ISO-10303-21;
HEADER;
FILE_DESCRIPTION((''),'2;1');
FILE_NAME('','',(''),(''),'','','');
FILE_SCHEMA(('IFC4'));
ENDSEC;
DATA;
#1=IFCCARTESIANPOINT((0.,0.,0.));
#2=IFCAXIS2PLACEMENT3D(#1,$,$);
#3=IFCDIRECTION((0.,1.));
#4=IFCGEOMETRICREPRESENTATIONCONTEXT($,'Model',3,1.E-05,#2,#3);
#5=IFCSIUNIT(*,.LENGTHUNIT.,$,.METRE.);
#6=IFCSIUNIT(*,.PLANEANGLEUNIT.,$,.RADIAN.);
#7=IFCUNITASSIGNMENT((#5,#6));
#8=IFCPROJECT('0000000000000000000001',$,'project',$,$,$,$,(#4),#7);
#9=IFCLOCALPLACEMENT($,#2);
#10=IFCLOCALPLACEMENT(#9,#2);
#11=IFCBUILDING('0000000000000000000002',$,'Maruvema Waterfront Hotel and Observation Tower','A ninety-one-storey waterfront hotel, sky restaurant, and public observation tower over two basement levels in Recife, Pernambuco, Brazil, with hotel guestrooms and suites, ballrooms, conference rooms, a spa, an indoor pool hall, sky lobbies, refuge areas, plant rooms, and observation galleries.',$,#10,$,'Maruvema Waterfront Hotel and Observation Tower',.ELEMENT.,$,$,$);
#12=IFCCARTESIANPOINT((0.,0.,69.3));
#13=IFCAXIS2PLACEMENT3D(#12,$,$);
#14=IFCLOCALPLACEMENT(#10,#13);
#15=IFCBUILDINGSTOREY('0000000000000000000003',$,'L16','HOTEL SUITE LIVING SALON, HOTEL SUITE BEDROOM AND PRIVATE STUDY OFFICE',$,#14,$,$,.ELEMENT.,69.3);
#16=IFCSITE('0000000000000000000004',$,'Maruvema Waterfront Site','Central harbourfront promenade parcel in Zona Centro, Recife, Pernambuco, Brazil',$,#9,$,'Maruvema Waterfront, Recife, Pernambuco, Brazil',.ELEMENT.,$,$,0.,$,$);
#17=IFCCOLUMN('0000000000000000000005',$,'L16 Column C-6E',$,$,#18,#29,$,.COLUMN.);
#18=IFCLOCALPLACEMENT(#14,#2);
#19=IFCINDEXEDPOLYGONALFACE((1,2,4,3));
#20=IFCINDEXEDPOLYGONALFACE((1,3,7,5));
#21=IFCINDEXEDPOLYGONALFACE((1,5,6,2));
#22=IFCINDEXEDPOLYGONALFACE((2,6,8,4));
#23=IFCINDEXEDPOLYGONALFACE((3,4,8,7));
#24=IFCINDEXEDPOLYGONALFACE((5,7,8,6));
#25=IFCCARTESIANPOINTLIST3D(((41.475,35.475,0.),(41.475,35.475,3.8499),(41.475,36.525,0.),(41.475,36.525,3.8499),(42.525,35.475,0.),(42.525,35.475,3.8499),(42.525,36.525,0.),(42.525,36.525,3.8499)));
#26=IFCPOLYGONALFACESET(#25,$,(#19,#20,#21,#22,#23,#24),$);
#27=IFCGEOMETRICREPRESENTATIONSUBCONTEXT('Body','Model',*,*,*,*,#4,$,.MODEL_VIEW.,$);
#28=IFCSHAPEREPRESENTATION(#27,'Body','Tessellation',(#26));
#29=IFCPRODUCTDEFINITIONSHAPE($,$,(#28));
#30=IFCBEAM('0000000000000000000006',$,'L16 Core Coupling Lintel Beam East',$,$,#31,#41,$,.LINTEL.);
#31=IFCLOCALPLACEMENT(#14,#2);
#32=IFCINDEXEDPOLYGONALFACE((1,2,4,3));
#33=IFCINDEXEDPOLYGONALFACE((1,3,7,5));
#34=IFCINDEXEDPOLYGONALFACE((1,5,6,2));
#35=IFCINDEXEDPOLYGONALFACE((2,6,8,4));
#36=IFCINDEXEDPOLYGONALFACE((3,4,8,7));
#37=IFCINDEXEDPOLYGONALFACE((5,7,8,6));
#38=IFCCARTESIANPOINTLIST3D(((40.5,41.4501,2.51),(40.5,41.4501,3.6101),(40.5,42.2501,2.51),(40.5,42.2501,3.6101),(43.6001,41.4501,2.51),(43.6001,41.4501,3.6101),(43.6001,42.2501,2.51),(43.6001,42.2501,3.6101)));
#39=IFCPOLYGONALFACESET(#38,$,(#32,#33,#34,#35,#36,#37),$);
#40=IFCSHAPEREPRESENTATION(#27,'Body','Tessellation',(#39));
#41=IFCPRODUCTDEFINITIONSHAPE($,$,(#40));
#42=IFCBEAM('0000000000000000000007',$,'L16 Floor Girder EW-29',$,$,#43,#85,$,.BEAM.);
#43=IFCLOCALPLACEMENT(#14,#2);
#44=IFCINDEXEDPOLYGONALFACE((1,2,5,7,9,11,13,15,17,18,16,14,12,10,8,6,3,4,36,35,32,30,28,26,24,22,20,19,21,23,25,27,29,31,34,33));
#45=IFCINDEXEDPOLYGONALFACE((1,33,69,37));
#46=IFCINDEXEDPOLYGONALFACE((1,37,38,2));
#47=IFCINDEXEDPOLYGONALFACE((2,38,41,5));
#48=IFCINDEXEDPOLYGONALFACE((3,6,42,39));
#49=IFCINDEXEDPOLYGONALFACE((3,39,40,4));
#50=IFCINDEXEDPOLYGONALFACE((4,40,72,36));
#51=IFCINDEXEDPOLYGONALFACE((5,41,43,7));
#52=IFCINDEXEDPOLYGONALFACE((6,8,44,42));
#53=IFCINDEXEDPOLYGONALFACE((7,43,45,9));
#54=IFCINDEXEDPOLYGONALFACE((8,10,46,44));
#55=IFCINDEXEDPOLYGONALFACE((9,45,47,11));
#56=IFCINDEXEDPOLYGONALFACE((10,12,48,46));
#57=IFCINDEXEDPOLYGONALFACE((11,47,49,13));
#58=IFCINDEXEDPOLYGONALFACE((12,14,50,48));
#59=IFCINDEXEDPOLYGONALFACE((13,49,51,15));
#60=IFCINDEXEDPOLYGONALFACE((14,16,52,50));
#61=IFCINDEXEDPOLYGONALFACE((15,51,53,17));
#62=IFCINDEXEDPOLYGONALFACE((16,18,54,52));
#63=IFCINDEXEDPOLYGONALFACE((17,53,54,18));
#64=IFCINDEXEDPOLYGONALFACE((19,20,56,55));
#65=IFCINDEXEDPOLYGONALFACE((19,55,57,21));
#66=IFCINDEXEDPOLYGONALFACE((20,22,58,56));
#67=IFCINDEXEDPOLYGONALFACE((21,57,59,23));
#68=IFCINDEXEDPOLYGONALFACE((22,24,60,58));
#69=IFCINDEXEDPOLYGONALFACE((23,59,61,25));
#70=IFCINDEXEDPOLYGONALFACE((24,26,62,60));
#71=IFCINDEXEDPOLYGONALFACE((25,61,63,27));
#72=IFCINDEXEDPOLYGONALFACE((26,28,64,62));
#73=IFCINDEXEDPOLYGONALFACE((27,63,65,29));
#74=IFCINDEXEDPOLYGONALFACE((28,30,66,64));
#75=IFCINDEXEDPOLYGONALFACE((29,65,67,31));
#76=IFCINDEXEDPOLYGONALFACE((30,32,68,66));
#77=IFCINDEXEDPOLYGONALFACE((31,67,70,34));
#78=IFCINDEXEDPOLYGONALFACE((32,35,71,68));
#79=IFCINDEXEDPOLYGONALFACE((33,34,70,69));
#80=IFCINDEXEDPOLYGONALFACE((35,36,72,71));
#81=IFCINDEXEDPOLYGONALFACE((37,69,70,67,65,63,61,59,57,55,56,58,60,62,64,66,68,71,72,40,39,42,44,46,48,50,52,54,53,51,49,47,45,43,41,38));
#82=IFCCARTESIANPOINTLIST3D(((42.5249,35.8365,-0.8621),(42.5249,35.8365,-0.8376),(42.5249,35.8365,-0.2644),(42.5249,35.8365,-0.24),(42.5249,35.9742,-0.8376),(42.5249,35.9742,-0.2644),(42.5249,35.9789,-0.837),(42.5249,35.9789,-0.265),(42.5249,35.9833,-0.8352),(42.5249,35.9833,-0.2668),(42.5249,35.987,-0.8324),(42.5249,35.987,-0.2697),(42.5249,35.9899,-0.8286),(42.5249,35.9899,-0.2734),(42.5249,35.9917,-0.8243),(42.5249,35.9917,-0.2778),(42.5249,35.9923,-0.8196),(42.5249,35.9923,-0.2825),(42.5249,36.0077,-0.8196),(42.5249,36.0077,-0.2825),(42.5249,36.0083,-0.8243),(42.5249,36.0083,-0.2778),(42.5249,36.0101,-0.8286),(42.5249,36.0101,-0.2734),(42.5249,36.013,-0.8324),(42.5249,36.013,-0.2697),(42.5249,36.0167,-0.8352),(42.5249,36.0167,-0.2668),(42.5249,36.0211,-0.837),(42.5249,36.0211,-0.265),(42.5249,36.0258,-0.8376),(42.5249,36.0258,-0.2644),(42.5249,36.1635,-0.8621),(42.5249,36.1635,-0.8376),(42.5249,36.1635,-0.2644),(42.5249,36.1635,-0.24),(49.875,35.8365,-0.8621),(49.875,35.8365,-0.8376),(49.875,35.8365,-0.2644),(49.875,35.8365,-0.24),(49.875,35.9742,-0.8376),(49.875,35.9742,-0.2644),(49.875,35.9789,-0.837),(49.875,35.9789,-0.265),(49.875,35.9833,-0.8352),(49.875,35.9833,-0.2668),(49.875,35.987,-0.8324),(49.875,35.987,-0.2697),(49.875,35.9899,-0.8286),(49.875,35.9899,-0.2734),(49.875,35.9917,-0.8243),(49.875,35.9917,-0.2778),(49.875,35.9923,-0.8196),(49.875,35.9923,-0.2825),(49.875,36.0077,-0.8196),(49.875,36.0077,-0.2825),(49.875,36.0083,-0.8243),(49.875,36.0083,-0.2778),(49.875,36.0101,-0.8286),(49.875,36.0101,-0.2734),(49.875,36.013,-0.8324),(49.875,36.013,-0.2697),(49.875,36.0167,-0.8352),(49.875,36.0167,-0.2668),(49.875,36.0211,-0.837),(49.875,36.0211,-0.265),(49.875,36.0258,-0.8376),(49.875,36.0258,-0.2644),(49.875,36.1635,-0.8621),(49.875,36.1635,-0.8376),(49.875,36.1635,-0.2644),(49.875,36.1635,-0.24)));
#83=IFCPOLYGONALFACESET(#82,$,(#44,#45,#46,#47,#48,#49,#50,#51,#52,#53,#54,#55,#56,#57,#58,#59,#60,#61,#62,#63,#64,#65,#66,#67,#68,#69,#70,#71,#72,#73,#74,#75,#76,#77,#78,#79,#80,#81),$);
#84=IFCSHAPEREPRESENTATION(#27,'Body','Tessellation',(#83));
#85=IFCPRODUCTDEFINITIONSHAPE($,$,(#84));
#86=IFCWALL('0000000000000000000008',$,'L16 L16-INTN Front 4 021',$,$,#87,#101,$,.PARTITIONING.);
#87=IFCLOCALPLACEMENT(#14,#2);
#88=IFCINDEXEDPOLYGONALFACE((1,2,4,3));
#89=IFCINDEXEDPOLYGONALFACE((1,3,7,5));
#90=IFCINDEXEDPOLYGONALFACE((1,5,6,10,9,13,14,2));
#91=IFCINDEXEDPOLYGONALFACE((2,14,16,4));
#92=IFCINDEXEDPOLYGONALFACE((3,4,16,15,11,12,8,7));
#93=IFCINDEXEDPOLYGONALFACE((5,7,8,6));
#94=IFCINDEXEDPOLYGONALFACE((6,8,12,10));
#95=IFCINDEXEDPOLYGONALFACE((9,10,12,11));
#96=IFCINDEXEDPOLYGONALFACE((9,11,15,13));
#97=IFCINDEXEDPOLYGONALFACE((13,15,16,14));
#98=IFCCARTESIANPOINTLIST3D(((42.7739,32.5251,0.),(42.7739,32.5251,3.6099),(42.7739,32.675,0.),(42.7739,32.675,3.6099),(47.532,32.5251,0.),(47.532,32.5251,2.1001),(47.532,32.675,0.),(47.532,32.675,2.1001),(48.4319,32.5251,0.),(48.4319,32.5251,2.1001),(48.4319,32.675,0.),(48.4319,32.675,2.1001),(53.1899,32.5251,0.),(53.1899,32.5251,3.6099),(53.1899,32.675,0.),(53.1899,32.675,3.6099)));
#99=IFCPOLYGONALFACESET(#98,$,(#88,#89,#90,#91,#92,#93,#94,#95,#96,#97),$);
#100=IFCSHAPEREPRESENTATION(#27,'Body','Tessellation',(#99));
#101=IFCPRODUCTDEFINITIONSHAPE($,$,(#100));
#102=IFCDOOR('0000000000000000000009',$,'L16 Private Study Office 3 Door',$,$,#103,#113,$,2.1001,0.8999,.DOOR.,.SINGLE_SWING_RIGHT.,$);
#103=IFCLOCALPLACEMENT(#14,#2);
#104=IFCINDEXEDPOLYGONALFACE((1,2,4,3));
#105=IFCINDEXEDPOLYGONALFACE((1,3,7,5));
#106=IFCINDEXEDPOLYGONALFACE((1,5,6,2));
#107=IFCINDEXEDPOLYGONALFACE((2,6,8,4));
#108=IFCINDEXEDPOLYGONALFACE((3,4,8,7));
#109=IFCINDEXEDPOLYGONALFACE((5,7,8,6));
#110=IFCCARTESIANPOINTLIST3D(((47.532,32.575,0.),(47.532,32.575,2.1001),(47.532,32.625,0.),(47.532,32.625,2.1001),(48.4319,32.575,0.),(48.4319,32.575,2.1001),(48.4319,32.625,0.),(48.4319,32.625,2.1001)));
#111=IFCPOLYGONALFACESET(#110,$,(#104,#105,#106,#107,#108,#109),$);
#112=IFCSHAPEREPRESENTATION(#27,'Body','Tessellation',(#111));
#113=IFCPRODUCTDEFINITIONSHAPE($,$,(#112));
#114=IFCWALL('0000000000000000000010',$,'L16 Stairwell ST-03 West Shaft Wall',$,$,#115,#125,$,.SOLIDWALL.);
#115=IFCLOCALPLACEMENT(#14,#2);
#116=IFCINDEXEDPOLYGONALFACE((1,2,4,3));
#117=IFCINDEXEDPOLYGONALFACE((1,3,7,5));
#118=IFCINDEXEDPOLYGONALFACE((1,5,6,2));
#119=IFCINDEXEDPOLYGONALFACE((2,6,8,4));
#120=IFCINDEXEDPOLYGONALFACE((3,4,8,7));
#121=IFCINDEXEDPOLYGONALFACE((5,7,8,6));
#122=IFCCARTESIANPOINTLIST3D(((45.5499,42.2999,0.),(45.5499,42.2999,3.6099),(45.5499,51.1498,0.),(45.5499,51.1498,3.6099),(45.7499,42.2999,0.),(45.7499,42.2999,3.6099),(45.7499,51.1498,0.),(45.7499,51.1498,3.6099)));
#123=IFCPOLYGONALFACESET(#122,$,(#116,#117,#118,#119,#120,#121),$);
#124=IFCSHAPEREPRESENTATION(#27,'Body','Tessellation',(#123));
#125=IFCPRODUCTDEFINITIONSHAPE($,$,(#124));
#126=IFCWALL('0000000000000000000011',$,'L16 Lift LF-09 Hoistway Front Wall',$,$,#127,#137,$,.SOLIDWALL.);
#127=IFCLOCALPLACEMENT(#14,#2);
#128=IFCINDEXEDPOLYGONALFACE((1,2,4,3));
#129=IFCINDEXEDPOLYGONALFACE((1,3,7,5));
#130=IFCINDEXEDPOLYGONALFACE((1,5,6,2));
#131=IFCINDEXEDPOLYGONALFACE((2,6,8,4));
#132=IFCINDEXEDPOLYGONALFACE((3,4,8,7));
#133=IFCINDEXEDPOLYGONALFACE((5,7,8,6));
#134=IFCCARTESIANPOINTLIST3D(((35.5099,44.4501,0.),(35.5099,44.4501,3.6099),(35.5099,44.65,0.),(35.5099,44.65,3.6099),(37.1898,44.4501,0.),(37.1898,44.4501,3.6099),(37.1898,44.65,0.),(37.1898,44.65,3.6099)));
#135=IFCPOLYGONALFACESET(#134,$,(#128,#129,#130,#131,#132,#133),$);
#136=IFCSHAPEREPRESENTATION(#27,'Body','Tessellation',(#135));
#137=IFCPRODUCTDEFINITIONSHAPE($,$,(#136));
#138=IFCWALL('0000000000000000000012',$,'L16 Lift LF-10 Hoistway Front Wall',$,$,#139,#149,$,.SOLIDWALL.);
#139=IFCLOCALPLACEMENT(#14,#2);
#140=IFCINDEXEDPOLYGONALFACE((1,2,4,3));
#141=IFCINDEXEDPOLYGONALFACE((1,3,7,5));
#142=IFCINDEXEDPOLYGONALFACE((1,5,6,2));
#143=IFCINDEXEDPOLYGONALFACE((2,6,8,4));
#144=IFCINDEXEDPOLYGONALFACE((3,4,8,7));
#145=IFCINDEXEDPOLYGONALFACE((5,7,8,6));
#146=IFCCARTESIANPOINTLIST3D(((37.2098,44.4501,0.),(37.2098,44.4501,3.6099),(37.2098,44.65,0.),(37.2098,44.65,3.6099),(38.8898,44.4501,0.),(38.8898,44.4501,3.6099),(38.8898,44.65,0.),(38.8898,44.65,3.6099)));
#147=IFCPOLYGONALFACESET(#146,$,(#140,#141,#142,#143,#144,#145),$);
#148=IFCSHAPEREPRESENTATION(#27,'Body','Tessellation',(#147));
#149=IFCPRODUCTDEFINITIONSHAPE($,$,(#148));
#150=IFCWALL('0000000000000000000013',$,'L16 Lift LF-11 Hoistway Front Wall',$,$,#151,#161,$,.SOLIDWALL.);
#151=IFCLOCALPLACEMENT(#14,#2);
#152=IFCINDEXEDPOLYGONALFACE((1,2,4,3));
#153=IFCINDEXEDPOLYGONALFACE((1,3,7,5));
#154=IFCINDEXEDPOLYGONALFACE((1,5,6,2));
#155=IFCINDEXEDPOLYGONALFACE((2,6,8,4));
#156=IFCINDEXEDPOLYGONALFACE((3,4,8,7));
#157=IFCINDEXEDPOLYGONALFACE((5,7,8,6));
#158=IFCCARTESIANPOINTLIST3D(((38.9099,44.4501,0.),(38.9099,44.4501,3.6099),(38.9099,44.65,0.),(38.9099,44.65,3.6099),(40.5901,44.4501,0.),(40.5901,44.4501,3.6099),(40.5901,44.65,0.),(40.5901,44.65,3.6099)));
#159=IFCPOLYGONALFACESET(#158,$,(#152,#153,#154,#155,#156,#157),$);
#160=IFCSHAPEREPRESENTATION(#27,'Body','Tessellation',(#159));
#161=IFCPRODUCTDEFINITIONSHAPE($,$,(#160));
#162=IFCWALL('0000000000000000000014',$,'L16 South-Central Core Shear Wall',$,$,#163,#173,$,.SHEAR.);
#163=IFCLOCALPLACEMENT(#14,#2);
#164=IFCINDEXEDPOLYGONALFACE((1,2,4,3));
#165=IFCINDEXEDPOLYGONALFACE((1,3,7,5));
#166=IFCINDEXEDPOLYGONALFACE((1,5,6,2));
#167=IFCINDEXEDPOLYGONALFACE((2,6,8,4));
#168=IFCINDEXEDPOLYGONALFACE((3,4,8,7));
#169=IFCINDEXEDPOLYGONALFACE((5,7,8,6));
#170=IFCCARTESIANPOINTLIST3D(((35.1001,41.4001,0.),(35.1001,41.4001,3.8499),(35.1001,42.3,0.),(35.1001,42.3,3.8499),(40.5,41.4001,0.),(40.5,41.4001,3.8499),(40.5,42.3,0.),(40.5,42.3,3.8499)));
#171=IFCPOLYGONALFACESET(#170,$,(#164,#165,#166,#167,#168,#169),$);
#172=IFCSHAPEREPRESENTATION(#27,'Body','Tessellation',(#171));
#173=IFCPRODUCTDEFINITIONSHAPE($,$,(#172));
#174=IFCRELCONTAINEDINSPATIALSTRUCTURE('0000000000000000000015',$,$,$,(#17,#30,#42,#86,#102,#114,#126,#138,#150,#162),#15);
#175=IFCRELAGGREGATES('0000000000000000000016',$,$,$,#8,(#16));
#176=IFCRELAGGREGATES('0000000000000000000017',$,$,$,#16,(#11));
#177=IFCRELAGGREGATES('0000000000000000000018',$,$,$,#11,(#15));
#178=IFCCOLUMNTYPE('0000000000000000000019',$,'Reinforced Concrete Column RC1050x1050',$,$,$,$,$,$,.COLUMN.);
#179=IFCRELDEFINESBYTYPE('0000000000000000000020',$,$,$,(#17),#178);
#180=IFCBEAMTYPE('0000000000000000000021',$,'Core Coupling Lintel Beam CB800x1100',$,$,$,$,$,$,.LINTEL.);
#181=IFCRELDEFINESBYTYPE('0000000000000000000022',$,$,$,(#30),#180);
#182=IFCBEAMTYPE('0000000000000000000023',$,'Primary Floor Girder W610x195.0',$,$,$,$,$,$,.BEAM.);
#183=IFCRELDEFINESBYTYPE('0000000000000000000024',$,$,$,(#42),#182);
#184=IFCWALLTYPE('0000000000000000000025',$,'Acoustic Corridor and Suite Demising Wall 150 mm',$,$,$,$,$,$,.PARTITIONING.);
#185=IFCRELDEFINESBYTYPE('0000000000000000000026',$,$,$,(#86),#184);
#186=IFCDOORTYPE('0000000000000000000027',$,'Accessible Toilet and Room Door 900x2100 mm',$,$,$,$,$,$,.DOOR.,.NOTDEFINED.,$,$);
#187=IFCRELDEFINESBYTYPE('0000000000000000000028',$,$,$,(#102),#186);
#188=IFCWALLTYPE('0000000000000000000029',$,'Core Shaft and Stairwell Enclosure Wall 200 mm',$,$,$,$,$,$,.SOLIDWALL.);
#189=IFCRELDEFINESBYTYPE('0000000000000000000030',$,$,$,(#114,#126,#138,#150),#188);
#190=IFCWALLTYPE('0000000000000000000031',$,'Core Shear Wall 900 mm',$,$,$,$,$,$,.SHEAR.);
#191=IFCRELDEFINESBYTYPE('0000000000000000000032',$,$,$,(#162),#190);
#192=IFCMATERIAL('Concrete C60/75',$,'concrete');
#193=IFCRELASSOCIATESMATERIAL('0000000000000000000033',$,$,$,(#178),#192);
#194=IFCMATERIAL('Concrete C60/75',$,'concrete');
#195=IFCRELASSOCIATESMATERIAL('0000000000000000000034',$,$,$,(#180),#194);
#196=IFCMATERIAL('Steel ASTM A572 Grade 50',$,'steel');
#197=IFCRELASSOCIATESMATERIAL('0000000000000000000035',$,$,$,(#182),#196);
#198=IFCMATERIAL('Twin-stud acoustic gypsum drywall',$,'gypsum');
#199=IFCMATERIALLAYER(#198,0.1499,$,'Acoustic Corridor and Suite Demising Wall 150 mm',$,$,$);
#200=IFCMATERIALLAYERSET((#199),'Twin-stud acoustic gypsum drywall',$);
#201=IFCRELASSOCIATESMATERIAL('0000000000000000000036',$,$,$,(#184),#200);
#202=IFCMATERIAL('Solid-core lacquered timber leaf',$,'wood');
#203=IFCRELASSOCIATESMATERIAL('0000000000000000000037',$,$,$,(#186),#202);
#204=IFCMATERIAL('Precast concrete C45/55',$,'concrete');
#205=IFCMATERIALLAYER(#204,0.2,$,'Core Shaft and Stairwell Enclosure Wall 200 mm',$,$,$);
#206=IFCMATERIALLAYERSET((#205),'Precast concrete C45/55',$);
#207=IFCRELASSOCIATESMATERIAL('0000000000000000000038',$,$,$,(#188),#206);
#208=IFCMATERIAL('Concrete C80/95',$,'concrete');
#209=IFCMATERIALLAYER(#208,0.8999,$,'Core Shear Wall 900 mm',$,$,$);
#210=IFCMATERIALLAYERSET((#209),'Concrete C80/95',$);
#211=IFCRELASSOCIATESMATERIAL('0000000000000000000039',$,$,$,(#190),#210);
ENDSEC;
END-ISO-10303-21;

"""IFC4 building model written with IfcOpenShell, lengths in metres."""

from ifc_helpers import new_model, si_unit, direction, frame, frame_2d, origin, origin_2d, place, context, subcontext, project, spatial, rectangle, i_section, extrude, material, layer, layer_set, material_profile, profile_set, type_object, element, fill, save


model = new_model("IFC4")

# Units and contexts
model_context = context("Model", 3, precision=1e-05, world=origin(), true_north=direction((0.0, 1.0)))
body_context = subcontext(model_context, "Body", "Model", "MODEL_VIEW")
ifc_project = project(units=[si_unit("LENGTHUNIT", "METRE"), si_unit("PLANEANGLEUNIT", "RADIAN")], contexts=[model_context])

# Site, building, storey
site_placement = place(None, origin())
site = spatial("IfcSite", under=ifc_project, at=site_placement, Name="Maruvema Waterfront Site", Description="Central harbourfront promenade parcel in Zona Centro, Recife, Pernambuco, Brazil", LongName="Maruvema Waterfront, Recife, Pernambuco, Brazil", CompositionType="ELEMENT", RefElevation=0.0)
building_placement = place(site_placement, origin())
building = spatial("IfcBuilding", under=site, at=building_placement, Name="Maruvema Waterfront Hotel and Observation Tower", Description="A ninety-one-storey waterfront hotel, sky restaurant, and public observation tower over two basement levels in Recife, Pernambuco, Brazil, with hotel guestrooms and suites, ballrooms, conference rooms, a spa, an indoor pool hall, sky lobbies, refuge areas, plant rooms, and observation galleries.", LongName="Maruvema Waterfront Hotel and Observation Tower", CompositionType="ELEMENT")
storey_placement = place(building_placement, frame((0.0, 0.0, 69.3)))
storey = spatial("IfcBuildingStorey", under=building, at=storey_placement, Name="L16", Description="HOTEL SUITE LIVING SALON, HOTEL SUITE BEDROOM AND PRIVATE STUDY OFFICE", CompositionType="ELEMENT", Elevation=69.3)

# Column
ifc_material_1 = material(Name="Concrete C60/75", Category="concrete")
ifc_material_profile_1 = material_profile(ifc_material_1, rectangle(XDim=1.05, YDim=1.05, at=origin_2d()), Name="RC1050x1050")
ifc_profile_set_1 = profile_set([ifc_material_profile_1], Name="Concrete C60/75")
column_type = type_object("IfcColumnType", Name="Reinforced Concrete Column RC1050x1050", PredefinedType="COLUMN", material=ifc_profile_set_1)
column_placement = place(storey_placement, frame((42.0, 36.0, 0.0), z_axis=(0.0, 0.0, 1.0), x_axis=(1.0, 0.0, 0.0)))
element("IfcColumn", 1, at=column_placement, inside=storey, type_object=column_type, Name="L16 Column C-6E", PredefinedType="COLUMN", context=body_context, shape_type="SweptSolid", body=[
    extrude(rectangle(XDim=1.05, YDim=1.05, at=origin_2d()), origin(), (0.0, 0.0, 1.0), 3.8499),
])

# Beams
ifc_material_2 = material(Name="Concrete C60/75", Category="concrete")
ifc_material_profile_2 = material_profile(ifc_material_2, rectangle(XDim=0.8, YDim=1.1001, at=origin_2d()), Name="CB800x1100")
ifc_profile_set_2 = profile_set([ifc_material_profile_2], Name="Concrete C60/75")
beam_type_1 = type_object("IfcBeamType", Name="Core Coupling Lintel Beam CB800x1100", PredefinedType="LINTEL", material=ifc_profile_set_2)
beam_1_placement = place(storey_placement, frame((40.5, 41.8501, 3.0601), z_axis=(1.0, 0.0, 0.0), x_axis=(0.0, 1.0, 0.0)))
element("IfcBeam", 2, at=beam_1_placement, inside=storey, type_object=beam_type_1, Name="L16 Core Coupling Lintel Beam East", PredefinedType="LINTEL", context=body_context, shape_type="SweptSolid", body=[
    extrude(rectangle(XDim=0.8, YDim=1.1001, at=origin_2d()), origin(), (0.0, 0.0, 1.0), 3.1001),
])
ifc_material_3 = material(Name="Steel ASTM A572 Grade 50", Category="steel")
ifc_material_profile_3 = material_profile(ifc_material_3, i_section(OverallWidth=0.3269, OverallDepth=0.6221, WebThickness=0.0154, FlangeThickness=0.0244, FilletRadius=0.0181, at=origin_2d()), Name="W610x195.0")
ifc_profile_set_3 = profile_set([ifc_material_profile_3], Name="Steel ASTM A572 Grade 50")
beam_type_2 = type_object("IfcBeamType", Name="Primary Floor Girder W610x195.0", PredefinedType="BEAM", material=ifc_profile_set_3)
beam_2_placement = place(storey_placement, frame((42.5249, 36.0, -0.551), z_axis=(1.0, 0.0, 0.0), x_axis=(0.0, 1.0, 0.0)))
element("IfcBeam", 3, at=beam_2_placement, inside=storey, type_object=beam_type_2, Name="L16 Floor Girder EW-29", PredefinedType="BEAM", context=body_context, shape_type="SweptSolid", body=[
    extrude(i_section(OverallWidth=0.3269, OverallDepth=0.6221, WebThickness=0.0154, FlangeThickness=0.0244, FilletRadius=0.0181, at=origin_2d()), origin(), (0.0, 0.0, 1.0), 7.3501),
])

# Wall, opening, door
ifc_material_4 = material(Name="Twin-stud acoustic gypsum drywall", Category="gypsum")
ifc_layer_1 = layer(ifc_material_4, 0.1499, Name="Acoustic Corridor and Suite Demising Wall 150 mm")
ifc_layer_set_1 = layer_set([ifc_layer_1], Name="Twin-stud acoustic gypsum drywall")
wall_type_1 = type_object("IfcWallType", Name="Acoustic Corridor and Suite Demising Wall 150 mm", PredefinedType="PARTITIONING", material=ifc_layer_set_1)
wall_1_placement = place(storey_placement, frame((42.7739, 32.6001, 0.0), z_axis=(0.0, 0.0, 1.0), x_axis=(1.0, 0.0, 0.0)))
wall_1 = element("IfcWall", 4, at=wall_1_placement, inside=storey, type_object=wall_type_1, Name="L16 L16-INTN Front 4 021", PredefinedType="PARTITIONING", context=body_context, shape_type="SweptSolid", body=[
    extrude(rectangle(XDim=10.416, YDim=0.1499, at=frame_2d((5.208, 0.0))), origin(), (0.0, 0.0, 1.0), 3.6099),
])
opening_1_placement = place(wall_1_placement, frame((4.7581, 0.0, 0.0)))
opening_1 = element("IfcOpeningElement", 5, at=opening_1_placement, cuts=wall_1, PredefinedType="OPENING", context=body_context, shape_type="SweptSolid", body=[
    extrude(rectangle(XDim=0.8999, YDim=2.1001, at=frame_2d((0.45, 1.05))), frame((0.0, 0.085, 0.0), z_axis=(0.0, -1.0, 0.0), x_axis=(1.0, 0.0, 0.0)), (0.0, 0.0, 1.0), 0.1699),
])
ifc_material_5 = material(Name="Solid-core lacquered timber leaf", Category="wood")
door_type_1 = type_object("IfcDoorType", Name="Accessible Toilet and Room Door 900x2100 mm", OperationType="NOTDEFINED", PredefinedType="DOOR", material=ifc_material_5)
door_1_placement = place(opening_1_placement, origin())
door_1 = element("IfcDoor", 6, at=door_1_placement, inside=storey, type_object=door_type_1, Name="L16 Private Study Office 3 Door", OperationType="SINGLE_SWING_RIGHT", OverallHeight=2.1001, OverallWidth=0.8999, PredefinedType="DOOR", context=body_context, shape_type="SweptSolid", body=[
    extrude(rectangle(XDim=0.8999, YDim=2.1001, at=frame_2d((0.45, 1.05))), frame((0.0, 0.0249, 0.0), z_axis=(0.0, -1.0, 0.0), x_axis=(1.0, 0.0, 0.0)), (0.0, 0.0, 1.0), 0.05),
])
fill(opening_1, door_1)

# Walls
ifc_material_6 = material(Name="Precast concrete C45/55", Category="concrete")
ifc_layer_2 = layer(ifc_material_6, 0.2, Name="Core Shaft and Stairwell Enclosure Wall 200 mm")
ifc_layer_set_2 = layer_set([ifc_layer_2], Name="Precast concrete C45/55")
wall_type_2 = type_object("IfcWallType", Name="Core Shaft and Stairwell Enclosure Wall 200 mm", PredefinedType="SOLIDWALL", material=ifc_layer_set_2)
wall_2_placement = place(storey_placement, frame((45.6499, 42.3, 0.0), z_axis=(0.0, 0.0, 1.0), x_axis=(0.0, 1.0, 0.0)))
element("IfcWall", 7, at=wall_2_placement, inside=storey, type_object=wall_type_2, Name="L16 Stairwell ST-03 West Shaft Wall", PredefinedType="SOLIDWALL", context=body_context, shape_type="SweptSolid", body=[
    extrude(rectangle(XDim=8.8499, YDim=0.2, at=frame_2d((4.4248, 0.0))), origin(), (0.0, 0.0, 1.0), 3.6099),
])
for number, where, z_axis, x_axis, name in (
    (8, (35.51, 44.55, 0.0), (0.0, 0.0, 1.0), (1.0, 0.0, 0.0), "L16 Lift LF-09 Hoistway Front Wall"),
    (9, (37.21, 44.55, 0.0), (0.0, 0.0, 1.0), (1.0, 0.0, 0.0), "L16 Lift LF-10 Hoistway Front Wall"),
):
    element("IfcWall", number, at=place(storey_placement, frame(where, z_axis=z_axis, x_axis=x_axis)), inside=storey, type_object=wall_type_2, Name=name, PredefinedType="SOLIDWALL", context=body_context, shape_type="SweptSolid", body=[
        extrude(rectangle(XDim=1.6799, YDim=0.2, at=frame_2d((0.8398, 0.0))), origin(), (0.0, 0.0, 1.0), 3.6099),
    ])
wall_3_placement = place(storey_placement, frame((38.9099, 44.55, 0.0), z_axis=(0.0, 0.0, 1.0), x_axis=(1.0, 0.0, 0.0)))
element("IfcWall", 10, at=wall_3_placement, inside=storey, type_object=wall_type_2, Name="L16 Lift LF-11 Hoistway Front Wall", PredefinedType="SOLIDWALL", context=body_context, shape_type="SweptSolid", body=[
    extrude(rectangle(XDim=1.6802, YDim=0.2, at=frame_2d((0.8401, 0.0))), origin(), (0.0, 0.0, 1.0), 3.6099),
])
ifc_material_7 = material(Name="Concrete C80/95", Category="concrete")
ifc_layer_3 = layer(ifc_material_7, 0.8999, Name="Core Shear Wall 900 mm")
ifc_layer_set_3 = layer_set([ifc_layer_3], Name="Concrete C80/95")
wall_type_3 = type_object("IfcWallType", Name="Core Shear Wall 900 mm", PredefinedType="SHEAR", material=ifc_layer_set_3)
wall_4_placement = place(storey_placement, frame((35.1001, 41.8501, 0.0), z_axis=(0.0, 0.0, 1.0), x_axis=(1.0, 0.0, 0.0)))
element("IfcWall", 11, at=wall_4_placement, inside=storey, type_object=wall_type_3, Name="L16 South-Central Core Shear Wall", PredefinedType="SHEAR", context=body_context, shape_type="SweptSolid", body=[
    extrude(rectangle(XDim=5.3999, YDim=0.8999, at=frame_2d((2.7, 0.0))), origin(), (0.0, 0.0, 1.0), 3.8499),
])

save(model, "model.ifc")
